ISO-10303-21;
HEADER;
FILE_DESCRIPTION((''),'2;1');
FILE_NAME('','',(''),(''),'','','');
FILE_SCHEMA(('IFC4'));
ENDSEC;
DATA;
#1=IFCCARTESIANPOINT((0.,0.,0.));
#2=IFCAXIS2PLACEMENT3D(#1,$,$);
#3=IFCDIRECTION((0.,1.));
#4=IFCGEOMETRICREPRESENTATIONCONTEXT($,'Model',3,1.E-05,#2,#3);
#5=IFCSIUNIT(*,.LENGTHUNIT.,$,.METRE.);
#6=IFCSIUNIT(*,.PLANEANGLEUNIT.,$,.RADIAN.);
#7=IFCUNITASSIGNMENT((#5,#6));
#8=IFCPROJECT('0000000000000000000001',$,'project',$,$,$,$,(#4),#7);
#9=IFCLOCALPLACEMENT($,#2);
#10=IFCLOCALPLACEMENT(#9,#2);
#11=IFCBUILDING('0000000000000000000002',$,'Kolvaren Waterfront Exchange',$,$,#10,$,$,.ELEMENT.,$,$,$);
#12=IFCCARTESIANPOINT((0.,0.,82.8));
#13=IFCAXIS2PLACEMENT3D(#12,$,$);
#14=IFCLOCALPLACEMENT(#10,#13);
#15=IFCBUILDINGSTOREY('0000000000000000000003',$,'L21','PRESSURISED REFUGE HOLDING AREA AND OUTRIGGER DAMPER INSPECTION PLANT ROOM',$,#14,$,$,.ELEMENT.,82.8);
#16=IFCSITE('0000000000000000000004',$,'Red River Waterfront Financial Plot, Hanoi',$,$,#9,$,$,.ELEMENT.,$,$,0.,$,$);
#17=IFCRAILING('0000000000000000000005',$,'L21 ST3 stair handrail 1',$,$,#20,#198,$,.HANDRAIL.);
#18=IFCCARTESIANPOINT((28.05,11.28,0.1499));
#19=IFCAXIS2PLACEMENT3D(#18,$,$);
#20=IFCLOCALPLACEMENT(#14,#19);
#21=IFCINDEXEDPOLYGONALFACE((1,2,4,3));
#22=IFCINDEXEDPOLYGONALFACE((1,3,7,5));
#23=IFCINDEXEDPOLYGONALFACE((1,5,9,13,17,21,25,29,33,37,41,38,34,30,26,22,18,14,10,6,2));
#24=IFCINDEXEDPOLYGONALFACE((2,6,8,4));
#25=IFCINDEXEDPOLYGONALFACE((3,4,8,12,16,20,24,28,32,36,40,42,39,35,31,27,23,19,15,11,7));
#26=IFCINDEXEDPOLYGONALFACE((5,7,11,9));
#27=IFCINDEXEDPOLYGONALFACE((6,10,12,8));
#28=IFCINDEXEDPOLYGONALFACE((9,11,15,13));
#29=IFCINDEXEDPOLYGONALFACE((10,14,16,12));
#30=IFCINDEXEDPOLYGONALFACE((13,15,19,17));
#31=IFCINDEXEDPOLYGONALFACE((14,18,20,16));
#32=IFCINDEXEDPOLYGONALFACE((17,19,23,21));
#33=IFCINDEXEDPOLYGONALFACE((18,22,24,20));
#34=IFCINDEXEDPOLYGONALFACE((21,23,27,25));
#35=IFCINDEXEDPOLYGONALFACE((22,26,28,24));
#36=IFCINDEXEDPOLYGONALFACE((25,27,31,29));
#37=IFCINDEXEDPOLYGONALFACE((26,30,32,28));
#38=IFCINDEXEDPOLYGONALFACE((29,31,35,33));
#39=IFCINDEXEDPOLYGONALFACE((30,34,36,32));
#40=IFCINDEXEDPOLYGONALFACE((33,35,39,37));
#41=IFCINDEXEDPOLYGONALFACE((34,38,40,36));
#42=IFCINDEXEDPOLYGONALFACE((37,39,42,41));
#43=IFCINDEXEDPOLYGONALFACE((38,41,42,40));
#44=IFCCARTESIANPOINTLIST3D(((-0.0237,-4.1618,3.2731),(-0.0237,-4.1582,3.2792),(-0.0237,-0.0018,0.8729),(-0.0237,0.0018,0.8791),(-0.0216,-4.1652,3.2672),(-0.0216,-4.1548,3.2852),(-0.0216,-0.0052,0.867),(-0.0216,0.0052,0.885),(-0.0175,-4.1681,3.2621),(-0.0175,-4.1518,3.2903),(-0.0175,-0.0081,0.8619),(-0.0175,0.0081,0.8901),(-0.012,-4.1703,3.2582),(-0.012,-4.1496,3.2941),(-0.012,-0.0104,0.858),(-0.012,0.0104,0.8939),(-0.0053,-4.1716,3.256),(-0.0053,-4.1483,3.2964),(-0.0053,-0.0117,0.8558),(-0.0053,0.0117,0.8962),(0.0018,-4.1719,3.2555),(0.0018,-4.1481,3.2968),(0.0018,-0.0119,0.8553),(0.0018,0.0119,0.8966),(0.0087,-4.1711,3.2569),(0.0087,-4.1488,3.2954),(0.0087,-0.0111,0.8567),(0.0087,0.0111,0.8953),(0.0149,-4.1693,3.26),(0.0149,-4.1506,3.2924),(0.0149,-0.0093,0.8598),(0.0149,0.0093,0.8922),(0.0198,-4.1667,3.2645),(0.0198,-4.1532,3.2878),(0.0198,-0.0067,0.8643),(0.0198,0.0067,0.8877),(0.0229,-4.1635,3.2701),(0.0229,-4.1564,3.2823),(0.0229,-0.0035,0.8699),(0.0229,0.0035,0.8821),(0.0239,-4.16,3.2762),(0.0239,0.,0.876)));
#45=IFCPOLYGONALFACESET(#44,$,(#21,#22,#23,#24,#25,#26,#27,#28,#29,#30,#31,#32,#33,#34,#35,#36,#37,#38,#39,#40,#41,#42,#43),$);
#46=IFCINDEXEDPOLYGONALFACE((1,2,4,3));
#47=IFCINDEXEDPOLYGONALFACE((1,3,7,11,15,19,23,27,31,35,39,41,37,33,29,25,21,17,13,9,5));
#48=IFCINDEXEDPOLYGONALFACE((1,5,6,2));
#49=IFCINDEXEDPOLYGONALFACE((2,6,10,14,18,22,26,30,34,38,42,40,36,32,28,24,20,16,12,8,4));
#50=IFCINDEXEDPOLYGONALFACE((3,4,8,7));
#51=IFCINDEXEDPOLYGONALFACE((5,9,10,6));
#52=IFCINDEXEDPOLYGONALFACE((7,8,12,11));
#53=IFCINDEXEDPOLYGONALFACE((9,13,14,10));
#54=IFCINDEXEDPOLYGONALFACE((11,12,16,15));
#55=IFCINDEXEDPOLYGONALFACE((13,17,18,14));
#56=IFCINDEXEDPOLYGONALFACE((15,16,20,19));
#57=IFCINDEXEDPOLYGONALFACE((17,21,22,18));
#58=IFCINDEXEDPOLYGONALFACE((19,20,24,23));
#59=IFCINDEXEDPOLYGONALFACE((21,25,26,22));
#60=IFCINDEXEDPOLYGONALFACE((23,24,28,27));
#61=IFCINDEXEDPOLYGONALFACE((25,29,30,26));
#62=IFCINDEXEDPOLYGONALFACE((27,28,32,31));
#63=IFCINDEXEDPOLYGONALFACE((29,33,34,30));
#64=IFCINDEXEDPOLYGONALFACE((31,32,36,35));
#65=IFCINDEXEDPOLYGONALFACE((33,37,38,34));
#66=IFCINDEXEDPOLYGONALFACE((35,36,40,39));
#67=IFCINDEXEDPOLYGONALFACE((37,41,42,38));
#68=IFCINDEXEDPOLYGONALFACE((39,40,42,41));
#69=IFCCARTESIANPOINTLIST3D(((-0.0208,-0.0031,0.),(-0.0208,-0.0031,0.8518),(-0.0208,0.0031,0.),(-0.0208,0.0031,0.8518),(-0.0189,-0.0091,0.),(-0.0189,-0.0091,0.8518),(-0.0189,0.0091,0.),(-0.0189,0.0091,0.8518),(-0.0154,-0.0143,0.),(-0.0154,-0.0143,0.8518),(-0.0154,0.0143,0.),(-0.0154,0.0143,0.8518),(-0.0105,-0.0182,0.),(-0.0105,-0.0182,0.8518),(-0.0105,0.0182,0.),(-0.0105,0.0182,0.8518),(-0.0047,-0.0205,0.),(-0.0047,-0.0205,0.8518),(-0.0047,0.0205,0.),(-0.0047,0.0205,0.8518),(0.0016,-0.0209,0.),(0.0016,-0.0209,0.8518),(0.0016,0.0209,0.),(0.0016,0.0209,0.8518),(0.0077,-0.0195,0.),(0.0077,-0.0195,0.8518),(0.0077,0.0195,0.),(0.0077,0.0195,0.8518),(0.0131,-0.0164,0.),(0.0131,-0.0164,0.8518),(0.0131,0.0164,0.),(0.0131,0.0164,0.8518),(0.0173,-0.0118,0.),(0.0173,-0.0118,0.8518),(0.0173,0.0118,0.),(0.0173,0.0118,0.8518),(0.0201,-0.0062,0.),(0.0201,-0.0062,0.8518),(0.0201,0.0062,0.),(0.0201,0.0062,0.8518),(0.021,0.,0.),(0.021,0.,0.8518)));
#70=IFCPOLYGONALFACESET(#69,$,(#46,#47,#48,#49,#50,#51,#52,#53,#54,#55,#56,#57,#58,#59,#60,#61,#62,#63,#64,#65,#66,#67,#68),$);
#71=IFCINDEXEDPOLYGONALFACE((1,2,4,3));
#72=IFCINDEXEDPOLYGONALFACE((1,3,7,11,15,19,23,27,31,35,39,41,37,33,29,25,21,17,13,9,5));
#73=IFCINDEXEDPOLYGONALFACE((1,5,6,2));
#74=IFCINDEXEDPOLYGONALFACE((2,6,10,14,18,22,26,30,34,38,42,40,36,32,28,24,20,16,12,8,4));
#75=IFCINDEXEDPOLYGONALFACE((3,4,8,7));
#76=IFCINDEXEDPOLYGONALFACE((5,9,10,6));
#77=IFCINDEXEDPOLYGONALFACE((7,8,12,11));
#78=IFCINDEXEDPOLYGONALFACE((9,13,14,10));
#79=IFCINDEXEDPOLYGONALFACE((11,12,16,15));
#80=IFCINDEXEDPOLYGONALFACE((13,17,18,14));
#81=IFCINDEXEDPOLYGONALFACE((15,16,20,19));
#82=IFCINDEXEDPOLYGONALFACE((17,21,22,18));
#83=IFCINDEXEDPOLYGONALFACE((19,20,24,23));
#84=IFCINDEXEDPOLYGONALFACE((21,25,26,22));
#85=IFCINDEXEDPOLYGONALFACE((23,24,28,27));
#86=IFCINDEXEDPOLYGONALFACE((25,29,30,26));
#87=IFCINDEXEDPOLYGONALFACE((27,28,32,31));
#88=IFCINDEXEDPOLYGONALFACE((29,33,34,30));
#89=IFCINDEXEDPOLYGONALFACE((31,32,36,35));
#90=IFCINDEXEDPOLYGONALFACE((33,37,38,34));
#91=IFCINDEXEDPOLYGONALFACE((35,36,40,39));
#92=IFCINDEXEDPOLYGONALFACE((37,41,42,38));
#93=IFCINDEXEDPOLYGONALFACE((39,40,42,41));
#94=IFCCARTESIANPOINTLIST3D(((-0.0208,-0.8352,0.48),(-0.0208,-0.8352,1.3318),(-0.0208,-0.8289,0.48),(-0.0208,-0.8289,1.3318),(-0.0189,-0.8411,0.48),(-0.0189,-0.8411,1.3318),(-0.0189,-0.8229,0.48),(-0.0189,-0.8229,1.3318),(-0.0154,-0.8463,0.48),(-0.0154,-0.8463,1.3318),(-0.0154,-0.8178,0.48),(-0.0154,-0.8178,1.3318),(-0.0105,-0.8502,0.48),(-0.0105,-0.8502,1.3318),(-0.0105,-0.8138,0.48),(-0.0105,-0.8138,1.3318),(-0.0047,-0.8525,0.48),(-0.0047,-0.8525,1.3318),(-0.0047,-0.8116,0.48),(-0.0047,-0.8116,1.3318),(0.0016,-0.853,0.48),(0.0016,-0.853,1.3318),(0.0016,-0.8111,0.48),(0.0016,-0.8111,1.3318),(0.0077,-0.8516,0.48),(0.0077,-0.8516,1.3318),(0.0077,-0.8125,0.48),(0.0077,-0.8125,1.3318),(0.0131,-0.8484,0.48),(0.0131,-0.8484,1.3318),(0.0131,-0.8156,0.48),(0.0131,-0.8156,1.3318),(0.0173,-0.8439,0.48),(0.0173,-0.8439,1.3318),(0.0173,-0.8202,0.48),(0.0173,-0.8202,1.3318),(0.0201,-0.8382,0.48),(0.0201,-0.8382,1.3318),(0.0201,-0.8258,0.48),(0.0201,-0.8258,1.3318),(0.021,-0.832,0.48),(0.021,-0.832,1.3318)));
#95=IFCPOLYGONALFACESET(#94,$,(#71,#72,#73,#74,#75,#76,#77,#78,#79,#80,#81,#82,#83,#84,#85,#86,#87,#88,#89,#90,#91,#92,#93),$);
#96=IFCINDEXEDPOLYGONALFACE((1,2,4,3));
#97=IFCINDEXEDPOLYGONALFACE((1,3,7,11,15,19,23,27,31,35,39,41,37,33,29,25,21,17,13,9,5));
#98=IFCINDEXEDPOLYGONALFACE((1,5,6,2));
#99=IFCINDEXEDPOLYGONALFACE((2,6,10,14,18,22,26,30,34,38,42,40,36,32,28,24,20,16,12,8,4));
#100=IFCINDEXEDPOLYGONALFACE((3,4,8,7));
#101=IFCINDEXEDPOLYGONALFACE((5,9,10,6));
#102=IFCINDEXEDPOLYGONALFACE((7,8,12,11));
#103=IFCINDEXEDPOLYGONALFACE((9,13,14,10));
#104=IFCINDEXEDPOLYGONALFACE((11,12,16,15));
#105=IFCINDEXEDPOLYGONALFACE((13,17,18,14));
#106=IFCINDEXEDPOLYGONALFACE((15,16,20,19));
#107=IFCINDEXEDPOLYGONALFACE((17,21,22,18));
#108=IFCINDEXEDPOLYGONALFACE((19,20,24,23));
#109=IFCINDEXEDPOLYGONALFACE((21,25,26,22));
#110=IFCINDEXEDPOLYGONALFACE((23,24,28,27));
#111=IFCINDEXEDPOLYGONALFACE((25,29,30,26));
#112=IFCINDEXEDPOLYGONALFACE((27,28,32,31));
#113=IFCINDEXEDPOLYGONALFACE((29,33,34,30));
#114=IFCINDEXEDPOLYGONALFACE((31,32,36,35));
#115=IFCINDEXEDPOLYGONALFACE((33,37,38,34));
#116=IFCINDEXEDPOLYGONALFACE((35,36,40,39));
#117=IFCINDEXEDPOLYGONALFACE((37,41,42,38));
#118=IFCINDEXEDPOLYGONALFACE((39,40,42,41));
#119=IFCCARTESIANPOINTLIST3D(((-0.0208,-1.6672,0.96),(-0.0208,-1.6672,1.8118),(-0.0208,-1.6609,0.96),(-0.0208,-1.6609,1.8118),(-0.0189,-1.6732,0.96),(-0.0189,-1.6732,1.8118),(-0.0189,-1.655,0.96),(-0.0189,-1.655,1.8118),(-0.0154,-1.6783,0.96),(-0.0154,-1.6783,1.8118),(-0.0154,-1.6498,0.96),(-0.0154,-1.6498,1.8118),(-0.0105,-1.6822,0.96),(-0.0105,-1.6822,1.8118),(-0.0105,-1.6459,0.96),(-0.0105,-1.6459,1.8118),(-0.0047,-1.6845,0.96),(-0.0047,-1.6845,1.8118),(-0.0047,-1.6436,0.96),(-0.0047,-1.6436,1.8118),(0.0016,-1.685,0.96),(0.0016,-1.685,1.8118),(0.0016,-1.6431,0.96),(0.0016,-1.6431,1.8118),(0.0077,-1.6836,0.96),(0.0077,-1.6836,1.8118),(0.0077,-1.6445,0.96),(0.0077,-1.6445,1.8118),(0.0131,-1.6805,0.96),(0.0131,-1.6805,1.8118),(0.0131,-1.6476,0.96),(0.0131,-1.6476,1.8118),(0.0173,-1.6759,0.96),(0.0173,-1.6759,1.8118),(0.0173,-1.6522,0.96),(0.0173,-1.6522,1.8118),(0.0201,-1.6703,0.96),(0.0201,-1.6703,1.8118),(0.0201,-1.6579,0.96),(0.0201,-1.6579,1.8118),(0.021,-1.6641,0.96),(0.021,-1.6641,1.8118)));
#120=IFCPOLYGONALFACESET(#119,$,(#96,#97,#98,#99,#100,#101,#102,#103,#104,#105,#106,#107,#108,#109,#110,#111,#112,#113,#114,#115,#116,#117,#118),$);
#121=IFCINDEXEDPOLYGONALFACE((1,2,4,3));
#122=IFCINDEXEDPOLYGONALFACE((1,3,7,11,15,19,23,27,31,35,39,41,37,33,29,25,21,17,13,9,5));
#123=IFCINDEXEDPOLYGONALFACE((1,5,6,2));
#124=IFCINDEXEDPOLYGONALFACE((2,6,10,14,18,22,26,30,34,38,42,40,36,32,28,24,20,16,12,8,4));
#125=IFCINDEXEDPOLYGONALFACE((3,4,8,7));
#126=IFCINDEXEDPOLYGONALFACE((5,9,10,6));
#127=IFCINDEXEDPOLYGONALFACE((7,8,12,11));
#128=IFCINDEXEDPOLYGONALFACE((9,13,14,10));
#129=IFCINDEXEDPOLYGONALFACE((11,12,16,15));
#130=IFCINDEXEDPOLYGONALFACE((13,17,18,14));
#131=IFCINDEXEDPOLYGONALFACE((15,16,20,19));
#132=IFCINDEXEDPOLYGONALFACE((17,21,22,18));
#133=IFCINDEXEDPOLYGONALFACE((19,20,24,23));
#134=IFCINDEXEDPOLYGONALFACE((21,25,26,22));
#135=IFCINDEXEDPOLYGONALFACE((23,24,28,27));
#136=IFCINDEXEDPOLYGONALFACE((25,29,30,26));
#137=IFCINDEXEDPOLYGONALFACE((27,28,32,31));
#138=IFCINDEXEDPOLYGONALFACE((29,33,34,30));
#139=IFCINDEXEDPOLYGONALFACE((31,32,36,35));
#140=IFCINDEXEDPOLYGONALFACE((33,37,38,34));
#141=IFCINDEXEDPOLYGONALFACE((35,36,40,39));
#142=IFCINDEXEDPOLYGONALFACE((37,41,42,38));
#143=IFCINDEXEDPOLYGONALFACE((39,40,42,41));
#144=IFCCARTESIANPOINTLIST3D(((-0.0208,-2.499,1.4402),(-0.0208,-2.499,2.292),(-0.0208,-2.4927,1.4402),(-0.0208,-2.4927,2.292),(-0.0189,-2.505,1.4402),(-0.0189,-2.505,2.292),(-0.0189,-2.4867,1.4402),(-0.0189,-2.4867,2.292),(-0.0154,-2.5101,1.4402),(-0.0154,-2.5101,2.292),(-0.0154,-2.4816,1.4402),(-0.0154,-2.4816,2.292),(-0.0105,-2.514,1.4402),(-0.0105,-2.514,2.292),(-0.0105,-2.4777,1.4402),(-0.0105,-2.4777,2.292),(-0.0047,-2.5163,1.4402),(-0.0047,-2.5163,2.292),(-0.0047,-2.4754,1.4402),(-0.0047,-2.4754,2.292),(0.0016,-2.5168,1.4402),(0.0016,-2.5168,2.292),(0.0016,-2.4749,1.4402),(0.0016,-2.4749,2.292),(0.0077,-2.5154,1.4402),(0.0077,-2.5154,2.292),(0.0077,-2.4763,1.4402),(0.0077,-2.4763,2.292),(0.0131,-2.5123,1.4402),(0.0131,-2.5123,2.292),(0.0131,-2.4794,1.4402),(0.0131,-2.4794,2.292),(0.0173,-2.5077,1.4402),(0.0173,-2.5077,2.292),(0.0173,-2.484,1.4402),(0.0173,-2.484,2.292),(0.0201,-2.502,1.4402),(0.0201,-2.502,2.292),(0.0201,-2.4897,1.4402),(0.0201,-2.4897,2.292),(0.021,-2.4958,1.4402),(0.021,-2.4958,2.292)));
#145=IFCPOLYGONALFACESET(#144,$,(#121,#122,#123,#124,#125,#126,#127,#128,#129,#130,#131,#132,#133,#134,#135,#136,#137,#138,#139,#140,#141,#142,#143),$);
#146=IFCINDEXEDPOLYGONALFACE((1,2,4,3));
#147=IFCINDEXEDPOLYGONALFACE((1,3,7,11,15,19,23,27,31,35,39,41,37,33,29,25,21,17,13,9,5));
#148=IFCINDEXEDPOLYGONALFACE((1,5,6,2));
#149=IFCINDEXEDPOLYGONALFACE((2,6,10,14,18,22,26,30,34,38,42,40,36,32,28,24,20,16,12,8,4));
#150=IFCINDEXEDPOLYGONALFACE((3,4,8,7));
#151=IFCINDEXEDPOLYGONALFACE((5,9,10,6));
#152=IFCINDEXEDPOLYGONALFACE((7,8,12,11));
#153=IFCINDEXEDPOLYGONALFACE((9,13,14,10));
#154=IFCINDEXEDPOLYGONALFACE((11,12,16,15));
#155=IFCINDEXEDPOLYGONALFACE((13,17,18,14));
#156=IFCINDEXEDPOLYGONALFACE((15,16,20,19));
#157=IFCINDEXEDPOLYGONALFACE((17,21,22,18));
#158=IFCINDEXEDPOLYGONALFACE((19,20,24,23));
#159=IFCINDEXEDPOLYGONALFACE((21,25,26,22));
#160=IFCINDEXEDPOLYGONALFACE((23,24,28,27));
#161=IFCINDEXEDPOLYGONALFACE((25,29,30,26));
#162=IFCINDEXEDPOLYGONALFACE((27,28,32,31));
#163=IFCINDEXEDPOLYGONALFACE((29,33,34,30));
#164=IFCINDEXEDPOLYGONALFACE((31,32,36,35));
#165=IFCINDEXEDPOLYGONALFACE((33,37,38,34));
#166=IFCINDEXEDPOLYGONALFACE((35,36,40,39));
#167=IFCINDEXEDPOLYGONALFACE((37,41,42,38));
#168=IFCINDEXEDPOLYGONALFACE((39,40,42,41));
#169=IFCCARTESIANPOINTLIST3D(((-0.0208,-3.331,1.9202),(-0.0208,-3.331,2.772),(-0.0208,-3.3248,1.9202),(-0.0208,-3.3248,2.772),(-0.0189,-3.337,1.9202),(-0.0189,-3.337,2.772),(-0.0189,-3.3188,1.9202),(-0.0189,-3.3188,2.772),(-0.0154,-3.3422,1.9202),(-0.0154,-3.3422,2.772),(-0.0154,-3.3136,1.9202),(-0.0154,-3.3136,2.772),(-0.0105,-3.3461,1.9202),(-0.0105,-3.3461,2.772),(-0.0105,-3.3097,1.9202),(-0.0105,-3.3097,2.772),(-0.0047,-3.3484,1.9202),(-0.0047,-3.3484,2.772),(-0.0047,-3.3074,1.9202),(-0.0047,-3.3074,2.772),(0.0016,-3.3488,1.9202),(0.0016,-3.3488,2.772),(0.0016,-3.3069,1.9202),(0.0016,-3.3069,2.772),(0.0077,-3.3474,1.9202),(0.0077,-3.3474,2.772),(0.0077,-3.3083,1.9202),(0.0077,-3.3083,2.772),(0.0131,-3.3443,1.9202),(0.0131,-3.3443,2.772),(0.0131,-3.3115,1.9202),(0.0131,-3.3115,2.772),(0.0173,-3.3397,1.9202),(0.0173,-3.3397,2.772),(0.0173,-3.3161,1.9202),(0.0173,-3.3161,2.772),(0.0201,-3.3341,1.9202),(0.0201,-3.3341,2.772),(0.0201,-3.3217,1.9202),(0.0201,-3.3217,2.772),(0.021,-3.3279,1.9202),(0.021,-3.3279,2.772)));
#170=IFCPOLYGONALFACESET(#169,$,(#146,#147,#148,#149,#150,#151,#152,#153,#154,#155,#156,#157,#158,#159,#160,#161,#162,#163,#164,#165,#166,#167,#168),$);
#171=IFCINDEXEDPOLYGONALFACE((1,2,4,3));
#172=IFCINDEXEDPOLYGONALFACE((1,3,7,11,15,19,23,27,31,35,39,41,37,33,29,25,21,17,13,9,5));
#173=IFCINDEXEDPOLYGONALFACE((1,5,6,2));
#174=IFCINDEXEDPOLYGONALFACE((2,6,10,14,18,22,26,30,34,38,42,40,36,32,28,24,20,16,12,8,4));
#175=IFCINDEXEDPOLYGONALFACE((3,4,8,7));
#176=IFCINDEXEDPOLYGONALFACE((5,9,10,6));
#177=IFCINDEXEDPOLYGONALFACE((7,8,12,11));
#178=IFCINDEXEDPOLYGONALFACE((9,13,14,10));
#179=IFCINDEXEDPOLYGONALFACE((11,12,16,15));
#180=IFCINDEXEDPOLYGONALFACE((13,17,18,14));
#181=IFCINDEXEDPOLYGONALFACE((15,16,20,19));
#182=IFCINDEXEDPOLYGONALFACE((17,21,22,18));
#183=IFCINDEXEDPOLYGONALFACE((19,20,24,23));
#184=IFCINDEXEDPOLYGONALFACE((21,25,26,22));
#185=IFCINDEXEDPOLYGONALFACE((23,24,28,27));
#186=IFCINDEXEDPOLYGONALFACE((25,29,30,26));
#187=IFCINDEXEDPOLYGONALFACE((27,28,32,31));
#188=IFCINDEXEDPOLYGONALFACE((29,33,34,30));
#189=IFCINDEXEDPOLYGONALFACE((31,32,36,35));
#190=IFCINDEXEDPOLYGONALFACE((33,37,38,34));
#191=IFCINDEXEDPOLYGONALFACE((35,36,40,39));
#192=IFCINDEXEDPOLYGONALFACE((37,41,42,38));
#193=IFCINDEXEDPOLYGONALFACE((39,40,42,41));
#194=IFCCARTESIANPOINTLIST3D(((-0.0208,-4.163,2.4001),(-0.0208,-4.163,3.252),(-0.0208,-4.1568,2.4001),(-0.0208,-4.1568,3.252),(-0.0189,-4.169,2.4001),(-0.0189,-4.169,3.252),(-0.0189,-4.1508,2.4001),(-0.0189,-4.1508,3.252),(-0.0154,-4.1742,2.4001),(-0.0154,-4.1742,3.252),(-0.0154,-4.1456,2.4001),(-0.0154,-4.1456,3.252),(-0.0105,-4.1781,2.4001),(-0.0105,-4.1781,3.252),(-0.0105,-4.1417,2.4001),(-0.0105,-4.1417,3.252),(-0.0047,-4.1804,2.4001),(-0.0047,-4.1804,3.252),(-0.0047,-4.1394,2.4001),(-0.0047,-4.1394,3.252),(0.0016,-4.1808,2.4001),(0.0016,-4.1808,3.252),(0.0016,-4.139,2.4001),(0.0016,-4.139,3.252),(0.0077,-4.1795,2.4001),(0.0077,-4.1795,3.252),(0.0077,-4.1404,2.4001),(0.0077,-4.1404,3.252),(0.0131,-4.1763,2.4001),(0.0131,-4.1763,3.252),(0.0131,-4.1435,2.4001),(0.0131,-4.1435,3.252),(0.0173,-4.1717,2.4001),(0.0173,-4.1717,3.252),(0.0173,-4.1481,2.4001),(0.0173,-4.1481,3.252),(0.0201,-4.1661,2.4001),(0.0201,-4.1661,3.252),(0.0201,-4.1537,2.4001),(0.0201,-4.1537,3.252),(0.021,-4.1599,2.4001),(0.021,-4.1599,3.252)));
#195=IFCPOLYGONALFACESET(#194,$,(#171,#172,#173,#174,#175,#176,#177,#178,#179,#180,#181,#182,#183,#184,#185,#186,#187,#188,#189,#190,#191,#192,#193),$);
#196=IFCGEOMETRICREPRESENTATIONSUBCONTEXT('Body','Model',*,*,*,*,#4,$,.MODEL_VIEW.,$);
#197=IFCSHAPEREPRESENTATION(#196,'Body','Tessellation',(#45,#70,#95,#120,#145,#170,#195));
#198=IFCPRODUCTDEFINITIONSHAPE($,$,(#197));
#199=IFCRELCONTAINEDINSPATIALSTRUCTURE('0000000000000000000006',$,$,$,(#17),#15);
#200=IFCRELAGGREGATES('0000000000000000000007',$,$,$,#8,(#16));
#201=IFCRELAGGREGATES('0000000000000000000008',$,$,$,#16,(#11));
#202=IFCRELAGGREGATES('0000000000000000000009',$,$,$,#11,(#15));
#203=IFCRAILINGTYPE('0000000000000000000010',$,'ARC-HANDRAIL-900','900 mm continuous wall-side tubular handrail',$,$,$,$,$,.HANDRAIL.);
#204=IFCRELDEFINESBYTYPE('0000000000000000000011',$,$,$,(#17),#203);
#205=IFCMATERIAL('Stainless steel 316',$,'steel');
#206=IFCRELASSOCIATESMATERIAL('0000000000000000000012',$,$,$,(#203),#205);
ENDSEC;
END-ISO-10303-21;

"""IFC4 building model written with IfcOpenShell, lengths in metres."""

from ifc_helpers import new_model, si_unit, direction, frame, origin, origin_2d, place, context, subcontext, project, spatial, circle, extrude, material, type_object, element, save


model = new_model("IFC4")

# Units and contexts
model_context = context("Model", 3, precision=1e-05, world=origin(), true_north=direction((0.0, 1.0)))
body_context = subcontext(model_context, "Body", "Model", "MODEL_VIEW")
ifc_project = project(units=[si_unit("LENGTHUNIT", "METRE"), si_unit("PLANEANGLEUNIT", "RADIAN")], contexts=[model_context])

# Site, building, storey
site_placement = place(None, origin())
site = spatial("IfcSite", under=ifc_project, at=site_placement, Name="Red River Waterfront Financial Plot, Hanoi", CompositionType="ELEMENT", RefElevation=0.0)
building_placement = place(site_placement, origin())
building = spatial("IfcBuilding", under=site, at=building_placement, Name="Kolvaren Waterfront Exchange", CompositionType="ELEMENT")
storey_placement = place(building_placement, frame((0.0, 0.0, 82.8)))
storey = spatial("IfcBuildingStorey", under=building, at=storey_placement, Name="L21", Description="PRESSURISED REFUGE HOLDING AREA AND OUTRIGGER DAMPER INSPECTION PLANT ROOM", CompositionType="ELEMENT", Elevation=82.8)

# Railing
ifc_material_1 = material(Name="Stainless steel 316", Category="steel")
railing_type_1 = type_object("IfcRailingType", Name="ARC-HANDRAIL-900", Description="900 mm continuous wall-side tubular handrail", PredefinedType="HANDRAIL", material=ifc_material_1)
railing_1_placement = place(storey_placement, frame((28.05, 11.28, 0.1499)))
element("IfcRailing", 1, at=railing_1_placement, inside=storey, type_object=railing_type_1, Name="L21 ST3 stair handrail 1", PredefinedType="HANDRAIL", context=body_context, shape_type="SweptSolid", body=[
    extrude(circle(Radius=0.0239, at=origin_2d()), frame((0.0, 0.0, 0.876), z_axis=(0.0, -0.866168, 0.499753), x_axis=(1.0, 0.0, 0.0)), (0.0, 0.0, 1.0), 4.8027),
    extrude(circle(Radius=0.021, at=origin_2d()), origin(), (0.0, 0.0, 1.0), 0.8518),
    extrude(circle(Radius=0.021, at=origin_2d()), frame((0.0, -0.832, 0.48)), (0.0, 0.0, 1.0), 0.8518),
    extrude(circle(Radius=0.021, at=origin_2d()), frame((0.0, -1.6641, 0.96)), (0.0, 0.0, 1.0), 0.8518),
    extrude(circle(Radius=0.021, at=origin_2d()), frame((0.0, -2.4958, 1.4402)), (0.0, 0.0, 1.0), 0.8518),
    extrude(circle(Radius=0.021, at=origin_2d()), frame((0.0, -3.3279, 1.9202)), (0.0, 0.0, 1.0), 0.8518),
    extrude(circle(Radius=0.021, at=origin_2d()), frame((0.0, -4.1599, 2.4001)), (0.0, 0.0, 1.0), 0.8518),
])

save(model, "model.ifc")
